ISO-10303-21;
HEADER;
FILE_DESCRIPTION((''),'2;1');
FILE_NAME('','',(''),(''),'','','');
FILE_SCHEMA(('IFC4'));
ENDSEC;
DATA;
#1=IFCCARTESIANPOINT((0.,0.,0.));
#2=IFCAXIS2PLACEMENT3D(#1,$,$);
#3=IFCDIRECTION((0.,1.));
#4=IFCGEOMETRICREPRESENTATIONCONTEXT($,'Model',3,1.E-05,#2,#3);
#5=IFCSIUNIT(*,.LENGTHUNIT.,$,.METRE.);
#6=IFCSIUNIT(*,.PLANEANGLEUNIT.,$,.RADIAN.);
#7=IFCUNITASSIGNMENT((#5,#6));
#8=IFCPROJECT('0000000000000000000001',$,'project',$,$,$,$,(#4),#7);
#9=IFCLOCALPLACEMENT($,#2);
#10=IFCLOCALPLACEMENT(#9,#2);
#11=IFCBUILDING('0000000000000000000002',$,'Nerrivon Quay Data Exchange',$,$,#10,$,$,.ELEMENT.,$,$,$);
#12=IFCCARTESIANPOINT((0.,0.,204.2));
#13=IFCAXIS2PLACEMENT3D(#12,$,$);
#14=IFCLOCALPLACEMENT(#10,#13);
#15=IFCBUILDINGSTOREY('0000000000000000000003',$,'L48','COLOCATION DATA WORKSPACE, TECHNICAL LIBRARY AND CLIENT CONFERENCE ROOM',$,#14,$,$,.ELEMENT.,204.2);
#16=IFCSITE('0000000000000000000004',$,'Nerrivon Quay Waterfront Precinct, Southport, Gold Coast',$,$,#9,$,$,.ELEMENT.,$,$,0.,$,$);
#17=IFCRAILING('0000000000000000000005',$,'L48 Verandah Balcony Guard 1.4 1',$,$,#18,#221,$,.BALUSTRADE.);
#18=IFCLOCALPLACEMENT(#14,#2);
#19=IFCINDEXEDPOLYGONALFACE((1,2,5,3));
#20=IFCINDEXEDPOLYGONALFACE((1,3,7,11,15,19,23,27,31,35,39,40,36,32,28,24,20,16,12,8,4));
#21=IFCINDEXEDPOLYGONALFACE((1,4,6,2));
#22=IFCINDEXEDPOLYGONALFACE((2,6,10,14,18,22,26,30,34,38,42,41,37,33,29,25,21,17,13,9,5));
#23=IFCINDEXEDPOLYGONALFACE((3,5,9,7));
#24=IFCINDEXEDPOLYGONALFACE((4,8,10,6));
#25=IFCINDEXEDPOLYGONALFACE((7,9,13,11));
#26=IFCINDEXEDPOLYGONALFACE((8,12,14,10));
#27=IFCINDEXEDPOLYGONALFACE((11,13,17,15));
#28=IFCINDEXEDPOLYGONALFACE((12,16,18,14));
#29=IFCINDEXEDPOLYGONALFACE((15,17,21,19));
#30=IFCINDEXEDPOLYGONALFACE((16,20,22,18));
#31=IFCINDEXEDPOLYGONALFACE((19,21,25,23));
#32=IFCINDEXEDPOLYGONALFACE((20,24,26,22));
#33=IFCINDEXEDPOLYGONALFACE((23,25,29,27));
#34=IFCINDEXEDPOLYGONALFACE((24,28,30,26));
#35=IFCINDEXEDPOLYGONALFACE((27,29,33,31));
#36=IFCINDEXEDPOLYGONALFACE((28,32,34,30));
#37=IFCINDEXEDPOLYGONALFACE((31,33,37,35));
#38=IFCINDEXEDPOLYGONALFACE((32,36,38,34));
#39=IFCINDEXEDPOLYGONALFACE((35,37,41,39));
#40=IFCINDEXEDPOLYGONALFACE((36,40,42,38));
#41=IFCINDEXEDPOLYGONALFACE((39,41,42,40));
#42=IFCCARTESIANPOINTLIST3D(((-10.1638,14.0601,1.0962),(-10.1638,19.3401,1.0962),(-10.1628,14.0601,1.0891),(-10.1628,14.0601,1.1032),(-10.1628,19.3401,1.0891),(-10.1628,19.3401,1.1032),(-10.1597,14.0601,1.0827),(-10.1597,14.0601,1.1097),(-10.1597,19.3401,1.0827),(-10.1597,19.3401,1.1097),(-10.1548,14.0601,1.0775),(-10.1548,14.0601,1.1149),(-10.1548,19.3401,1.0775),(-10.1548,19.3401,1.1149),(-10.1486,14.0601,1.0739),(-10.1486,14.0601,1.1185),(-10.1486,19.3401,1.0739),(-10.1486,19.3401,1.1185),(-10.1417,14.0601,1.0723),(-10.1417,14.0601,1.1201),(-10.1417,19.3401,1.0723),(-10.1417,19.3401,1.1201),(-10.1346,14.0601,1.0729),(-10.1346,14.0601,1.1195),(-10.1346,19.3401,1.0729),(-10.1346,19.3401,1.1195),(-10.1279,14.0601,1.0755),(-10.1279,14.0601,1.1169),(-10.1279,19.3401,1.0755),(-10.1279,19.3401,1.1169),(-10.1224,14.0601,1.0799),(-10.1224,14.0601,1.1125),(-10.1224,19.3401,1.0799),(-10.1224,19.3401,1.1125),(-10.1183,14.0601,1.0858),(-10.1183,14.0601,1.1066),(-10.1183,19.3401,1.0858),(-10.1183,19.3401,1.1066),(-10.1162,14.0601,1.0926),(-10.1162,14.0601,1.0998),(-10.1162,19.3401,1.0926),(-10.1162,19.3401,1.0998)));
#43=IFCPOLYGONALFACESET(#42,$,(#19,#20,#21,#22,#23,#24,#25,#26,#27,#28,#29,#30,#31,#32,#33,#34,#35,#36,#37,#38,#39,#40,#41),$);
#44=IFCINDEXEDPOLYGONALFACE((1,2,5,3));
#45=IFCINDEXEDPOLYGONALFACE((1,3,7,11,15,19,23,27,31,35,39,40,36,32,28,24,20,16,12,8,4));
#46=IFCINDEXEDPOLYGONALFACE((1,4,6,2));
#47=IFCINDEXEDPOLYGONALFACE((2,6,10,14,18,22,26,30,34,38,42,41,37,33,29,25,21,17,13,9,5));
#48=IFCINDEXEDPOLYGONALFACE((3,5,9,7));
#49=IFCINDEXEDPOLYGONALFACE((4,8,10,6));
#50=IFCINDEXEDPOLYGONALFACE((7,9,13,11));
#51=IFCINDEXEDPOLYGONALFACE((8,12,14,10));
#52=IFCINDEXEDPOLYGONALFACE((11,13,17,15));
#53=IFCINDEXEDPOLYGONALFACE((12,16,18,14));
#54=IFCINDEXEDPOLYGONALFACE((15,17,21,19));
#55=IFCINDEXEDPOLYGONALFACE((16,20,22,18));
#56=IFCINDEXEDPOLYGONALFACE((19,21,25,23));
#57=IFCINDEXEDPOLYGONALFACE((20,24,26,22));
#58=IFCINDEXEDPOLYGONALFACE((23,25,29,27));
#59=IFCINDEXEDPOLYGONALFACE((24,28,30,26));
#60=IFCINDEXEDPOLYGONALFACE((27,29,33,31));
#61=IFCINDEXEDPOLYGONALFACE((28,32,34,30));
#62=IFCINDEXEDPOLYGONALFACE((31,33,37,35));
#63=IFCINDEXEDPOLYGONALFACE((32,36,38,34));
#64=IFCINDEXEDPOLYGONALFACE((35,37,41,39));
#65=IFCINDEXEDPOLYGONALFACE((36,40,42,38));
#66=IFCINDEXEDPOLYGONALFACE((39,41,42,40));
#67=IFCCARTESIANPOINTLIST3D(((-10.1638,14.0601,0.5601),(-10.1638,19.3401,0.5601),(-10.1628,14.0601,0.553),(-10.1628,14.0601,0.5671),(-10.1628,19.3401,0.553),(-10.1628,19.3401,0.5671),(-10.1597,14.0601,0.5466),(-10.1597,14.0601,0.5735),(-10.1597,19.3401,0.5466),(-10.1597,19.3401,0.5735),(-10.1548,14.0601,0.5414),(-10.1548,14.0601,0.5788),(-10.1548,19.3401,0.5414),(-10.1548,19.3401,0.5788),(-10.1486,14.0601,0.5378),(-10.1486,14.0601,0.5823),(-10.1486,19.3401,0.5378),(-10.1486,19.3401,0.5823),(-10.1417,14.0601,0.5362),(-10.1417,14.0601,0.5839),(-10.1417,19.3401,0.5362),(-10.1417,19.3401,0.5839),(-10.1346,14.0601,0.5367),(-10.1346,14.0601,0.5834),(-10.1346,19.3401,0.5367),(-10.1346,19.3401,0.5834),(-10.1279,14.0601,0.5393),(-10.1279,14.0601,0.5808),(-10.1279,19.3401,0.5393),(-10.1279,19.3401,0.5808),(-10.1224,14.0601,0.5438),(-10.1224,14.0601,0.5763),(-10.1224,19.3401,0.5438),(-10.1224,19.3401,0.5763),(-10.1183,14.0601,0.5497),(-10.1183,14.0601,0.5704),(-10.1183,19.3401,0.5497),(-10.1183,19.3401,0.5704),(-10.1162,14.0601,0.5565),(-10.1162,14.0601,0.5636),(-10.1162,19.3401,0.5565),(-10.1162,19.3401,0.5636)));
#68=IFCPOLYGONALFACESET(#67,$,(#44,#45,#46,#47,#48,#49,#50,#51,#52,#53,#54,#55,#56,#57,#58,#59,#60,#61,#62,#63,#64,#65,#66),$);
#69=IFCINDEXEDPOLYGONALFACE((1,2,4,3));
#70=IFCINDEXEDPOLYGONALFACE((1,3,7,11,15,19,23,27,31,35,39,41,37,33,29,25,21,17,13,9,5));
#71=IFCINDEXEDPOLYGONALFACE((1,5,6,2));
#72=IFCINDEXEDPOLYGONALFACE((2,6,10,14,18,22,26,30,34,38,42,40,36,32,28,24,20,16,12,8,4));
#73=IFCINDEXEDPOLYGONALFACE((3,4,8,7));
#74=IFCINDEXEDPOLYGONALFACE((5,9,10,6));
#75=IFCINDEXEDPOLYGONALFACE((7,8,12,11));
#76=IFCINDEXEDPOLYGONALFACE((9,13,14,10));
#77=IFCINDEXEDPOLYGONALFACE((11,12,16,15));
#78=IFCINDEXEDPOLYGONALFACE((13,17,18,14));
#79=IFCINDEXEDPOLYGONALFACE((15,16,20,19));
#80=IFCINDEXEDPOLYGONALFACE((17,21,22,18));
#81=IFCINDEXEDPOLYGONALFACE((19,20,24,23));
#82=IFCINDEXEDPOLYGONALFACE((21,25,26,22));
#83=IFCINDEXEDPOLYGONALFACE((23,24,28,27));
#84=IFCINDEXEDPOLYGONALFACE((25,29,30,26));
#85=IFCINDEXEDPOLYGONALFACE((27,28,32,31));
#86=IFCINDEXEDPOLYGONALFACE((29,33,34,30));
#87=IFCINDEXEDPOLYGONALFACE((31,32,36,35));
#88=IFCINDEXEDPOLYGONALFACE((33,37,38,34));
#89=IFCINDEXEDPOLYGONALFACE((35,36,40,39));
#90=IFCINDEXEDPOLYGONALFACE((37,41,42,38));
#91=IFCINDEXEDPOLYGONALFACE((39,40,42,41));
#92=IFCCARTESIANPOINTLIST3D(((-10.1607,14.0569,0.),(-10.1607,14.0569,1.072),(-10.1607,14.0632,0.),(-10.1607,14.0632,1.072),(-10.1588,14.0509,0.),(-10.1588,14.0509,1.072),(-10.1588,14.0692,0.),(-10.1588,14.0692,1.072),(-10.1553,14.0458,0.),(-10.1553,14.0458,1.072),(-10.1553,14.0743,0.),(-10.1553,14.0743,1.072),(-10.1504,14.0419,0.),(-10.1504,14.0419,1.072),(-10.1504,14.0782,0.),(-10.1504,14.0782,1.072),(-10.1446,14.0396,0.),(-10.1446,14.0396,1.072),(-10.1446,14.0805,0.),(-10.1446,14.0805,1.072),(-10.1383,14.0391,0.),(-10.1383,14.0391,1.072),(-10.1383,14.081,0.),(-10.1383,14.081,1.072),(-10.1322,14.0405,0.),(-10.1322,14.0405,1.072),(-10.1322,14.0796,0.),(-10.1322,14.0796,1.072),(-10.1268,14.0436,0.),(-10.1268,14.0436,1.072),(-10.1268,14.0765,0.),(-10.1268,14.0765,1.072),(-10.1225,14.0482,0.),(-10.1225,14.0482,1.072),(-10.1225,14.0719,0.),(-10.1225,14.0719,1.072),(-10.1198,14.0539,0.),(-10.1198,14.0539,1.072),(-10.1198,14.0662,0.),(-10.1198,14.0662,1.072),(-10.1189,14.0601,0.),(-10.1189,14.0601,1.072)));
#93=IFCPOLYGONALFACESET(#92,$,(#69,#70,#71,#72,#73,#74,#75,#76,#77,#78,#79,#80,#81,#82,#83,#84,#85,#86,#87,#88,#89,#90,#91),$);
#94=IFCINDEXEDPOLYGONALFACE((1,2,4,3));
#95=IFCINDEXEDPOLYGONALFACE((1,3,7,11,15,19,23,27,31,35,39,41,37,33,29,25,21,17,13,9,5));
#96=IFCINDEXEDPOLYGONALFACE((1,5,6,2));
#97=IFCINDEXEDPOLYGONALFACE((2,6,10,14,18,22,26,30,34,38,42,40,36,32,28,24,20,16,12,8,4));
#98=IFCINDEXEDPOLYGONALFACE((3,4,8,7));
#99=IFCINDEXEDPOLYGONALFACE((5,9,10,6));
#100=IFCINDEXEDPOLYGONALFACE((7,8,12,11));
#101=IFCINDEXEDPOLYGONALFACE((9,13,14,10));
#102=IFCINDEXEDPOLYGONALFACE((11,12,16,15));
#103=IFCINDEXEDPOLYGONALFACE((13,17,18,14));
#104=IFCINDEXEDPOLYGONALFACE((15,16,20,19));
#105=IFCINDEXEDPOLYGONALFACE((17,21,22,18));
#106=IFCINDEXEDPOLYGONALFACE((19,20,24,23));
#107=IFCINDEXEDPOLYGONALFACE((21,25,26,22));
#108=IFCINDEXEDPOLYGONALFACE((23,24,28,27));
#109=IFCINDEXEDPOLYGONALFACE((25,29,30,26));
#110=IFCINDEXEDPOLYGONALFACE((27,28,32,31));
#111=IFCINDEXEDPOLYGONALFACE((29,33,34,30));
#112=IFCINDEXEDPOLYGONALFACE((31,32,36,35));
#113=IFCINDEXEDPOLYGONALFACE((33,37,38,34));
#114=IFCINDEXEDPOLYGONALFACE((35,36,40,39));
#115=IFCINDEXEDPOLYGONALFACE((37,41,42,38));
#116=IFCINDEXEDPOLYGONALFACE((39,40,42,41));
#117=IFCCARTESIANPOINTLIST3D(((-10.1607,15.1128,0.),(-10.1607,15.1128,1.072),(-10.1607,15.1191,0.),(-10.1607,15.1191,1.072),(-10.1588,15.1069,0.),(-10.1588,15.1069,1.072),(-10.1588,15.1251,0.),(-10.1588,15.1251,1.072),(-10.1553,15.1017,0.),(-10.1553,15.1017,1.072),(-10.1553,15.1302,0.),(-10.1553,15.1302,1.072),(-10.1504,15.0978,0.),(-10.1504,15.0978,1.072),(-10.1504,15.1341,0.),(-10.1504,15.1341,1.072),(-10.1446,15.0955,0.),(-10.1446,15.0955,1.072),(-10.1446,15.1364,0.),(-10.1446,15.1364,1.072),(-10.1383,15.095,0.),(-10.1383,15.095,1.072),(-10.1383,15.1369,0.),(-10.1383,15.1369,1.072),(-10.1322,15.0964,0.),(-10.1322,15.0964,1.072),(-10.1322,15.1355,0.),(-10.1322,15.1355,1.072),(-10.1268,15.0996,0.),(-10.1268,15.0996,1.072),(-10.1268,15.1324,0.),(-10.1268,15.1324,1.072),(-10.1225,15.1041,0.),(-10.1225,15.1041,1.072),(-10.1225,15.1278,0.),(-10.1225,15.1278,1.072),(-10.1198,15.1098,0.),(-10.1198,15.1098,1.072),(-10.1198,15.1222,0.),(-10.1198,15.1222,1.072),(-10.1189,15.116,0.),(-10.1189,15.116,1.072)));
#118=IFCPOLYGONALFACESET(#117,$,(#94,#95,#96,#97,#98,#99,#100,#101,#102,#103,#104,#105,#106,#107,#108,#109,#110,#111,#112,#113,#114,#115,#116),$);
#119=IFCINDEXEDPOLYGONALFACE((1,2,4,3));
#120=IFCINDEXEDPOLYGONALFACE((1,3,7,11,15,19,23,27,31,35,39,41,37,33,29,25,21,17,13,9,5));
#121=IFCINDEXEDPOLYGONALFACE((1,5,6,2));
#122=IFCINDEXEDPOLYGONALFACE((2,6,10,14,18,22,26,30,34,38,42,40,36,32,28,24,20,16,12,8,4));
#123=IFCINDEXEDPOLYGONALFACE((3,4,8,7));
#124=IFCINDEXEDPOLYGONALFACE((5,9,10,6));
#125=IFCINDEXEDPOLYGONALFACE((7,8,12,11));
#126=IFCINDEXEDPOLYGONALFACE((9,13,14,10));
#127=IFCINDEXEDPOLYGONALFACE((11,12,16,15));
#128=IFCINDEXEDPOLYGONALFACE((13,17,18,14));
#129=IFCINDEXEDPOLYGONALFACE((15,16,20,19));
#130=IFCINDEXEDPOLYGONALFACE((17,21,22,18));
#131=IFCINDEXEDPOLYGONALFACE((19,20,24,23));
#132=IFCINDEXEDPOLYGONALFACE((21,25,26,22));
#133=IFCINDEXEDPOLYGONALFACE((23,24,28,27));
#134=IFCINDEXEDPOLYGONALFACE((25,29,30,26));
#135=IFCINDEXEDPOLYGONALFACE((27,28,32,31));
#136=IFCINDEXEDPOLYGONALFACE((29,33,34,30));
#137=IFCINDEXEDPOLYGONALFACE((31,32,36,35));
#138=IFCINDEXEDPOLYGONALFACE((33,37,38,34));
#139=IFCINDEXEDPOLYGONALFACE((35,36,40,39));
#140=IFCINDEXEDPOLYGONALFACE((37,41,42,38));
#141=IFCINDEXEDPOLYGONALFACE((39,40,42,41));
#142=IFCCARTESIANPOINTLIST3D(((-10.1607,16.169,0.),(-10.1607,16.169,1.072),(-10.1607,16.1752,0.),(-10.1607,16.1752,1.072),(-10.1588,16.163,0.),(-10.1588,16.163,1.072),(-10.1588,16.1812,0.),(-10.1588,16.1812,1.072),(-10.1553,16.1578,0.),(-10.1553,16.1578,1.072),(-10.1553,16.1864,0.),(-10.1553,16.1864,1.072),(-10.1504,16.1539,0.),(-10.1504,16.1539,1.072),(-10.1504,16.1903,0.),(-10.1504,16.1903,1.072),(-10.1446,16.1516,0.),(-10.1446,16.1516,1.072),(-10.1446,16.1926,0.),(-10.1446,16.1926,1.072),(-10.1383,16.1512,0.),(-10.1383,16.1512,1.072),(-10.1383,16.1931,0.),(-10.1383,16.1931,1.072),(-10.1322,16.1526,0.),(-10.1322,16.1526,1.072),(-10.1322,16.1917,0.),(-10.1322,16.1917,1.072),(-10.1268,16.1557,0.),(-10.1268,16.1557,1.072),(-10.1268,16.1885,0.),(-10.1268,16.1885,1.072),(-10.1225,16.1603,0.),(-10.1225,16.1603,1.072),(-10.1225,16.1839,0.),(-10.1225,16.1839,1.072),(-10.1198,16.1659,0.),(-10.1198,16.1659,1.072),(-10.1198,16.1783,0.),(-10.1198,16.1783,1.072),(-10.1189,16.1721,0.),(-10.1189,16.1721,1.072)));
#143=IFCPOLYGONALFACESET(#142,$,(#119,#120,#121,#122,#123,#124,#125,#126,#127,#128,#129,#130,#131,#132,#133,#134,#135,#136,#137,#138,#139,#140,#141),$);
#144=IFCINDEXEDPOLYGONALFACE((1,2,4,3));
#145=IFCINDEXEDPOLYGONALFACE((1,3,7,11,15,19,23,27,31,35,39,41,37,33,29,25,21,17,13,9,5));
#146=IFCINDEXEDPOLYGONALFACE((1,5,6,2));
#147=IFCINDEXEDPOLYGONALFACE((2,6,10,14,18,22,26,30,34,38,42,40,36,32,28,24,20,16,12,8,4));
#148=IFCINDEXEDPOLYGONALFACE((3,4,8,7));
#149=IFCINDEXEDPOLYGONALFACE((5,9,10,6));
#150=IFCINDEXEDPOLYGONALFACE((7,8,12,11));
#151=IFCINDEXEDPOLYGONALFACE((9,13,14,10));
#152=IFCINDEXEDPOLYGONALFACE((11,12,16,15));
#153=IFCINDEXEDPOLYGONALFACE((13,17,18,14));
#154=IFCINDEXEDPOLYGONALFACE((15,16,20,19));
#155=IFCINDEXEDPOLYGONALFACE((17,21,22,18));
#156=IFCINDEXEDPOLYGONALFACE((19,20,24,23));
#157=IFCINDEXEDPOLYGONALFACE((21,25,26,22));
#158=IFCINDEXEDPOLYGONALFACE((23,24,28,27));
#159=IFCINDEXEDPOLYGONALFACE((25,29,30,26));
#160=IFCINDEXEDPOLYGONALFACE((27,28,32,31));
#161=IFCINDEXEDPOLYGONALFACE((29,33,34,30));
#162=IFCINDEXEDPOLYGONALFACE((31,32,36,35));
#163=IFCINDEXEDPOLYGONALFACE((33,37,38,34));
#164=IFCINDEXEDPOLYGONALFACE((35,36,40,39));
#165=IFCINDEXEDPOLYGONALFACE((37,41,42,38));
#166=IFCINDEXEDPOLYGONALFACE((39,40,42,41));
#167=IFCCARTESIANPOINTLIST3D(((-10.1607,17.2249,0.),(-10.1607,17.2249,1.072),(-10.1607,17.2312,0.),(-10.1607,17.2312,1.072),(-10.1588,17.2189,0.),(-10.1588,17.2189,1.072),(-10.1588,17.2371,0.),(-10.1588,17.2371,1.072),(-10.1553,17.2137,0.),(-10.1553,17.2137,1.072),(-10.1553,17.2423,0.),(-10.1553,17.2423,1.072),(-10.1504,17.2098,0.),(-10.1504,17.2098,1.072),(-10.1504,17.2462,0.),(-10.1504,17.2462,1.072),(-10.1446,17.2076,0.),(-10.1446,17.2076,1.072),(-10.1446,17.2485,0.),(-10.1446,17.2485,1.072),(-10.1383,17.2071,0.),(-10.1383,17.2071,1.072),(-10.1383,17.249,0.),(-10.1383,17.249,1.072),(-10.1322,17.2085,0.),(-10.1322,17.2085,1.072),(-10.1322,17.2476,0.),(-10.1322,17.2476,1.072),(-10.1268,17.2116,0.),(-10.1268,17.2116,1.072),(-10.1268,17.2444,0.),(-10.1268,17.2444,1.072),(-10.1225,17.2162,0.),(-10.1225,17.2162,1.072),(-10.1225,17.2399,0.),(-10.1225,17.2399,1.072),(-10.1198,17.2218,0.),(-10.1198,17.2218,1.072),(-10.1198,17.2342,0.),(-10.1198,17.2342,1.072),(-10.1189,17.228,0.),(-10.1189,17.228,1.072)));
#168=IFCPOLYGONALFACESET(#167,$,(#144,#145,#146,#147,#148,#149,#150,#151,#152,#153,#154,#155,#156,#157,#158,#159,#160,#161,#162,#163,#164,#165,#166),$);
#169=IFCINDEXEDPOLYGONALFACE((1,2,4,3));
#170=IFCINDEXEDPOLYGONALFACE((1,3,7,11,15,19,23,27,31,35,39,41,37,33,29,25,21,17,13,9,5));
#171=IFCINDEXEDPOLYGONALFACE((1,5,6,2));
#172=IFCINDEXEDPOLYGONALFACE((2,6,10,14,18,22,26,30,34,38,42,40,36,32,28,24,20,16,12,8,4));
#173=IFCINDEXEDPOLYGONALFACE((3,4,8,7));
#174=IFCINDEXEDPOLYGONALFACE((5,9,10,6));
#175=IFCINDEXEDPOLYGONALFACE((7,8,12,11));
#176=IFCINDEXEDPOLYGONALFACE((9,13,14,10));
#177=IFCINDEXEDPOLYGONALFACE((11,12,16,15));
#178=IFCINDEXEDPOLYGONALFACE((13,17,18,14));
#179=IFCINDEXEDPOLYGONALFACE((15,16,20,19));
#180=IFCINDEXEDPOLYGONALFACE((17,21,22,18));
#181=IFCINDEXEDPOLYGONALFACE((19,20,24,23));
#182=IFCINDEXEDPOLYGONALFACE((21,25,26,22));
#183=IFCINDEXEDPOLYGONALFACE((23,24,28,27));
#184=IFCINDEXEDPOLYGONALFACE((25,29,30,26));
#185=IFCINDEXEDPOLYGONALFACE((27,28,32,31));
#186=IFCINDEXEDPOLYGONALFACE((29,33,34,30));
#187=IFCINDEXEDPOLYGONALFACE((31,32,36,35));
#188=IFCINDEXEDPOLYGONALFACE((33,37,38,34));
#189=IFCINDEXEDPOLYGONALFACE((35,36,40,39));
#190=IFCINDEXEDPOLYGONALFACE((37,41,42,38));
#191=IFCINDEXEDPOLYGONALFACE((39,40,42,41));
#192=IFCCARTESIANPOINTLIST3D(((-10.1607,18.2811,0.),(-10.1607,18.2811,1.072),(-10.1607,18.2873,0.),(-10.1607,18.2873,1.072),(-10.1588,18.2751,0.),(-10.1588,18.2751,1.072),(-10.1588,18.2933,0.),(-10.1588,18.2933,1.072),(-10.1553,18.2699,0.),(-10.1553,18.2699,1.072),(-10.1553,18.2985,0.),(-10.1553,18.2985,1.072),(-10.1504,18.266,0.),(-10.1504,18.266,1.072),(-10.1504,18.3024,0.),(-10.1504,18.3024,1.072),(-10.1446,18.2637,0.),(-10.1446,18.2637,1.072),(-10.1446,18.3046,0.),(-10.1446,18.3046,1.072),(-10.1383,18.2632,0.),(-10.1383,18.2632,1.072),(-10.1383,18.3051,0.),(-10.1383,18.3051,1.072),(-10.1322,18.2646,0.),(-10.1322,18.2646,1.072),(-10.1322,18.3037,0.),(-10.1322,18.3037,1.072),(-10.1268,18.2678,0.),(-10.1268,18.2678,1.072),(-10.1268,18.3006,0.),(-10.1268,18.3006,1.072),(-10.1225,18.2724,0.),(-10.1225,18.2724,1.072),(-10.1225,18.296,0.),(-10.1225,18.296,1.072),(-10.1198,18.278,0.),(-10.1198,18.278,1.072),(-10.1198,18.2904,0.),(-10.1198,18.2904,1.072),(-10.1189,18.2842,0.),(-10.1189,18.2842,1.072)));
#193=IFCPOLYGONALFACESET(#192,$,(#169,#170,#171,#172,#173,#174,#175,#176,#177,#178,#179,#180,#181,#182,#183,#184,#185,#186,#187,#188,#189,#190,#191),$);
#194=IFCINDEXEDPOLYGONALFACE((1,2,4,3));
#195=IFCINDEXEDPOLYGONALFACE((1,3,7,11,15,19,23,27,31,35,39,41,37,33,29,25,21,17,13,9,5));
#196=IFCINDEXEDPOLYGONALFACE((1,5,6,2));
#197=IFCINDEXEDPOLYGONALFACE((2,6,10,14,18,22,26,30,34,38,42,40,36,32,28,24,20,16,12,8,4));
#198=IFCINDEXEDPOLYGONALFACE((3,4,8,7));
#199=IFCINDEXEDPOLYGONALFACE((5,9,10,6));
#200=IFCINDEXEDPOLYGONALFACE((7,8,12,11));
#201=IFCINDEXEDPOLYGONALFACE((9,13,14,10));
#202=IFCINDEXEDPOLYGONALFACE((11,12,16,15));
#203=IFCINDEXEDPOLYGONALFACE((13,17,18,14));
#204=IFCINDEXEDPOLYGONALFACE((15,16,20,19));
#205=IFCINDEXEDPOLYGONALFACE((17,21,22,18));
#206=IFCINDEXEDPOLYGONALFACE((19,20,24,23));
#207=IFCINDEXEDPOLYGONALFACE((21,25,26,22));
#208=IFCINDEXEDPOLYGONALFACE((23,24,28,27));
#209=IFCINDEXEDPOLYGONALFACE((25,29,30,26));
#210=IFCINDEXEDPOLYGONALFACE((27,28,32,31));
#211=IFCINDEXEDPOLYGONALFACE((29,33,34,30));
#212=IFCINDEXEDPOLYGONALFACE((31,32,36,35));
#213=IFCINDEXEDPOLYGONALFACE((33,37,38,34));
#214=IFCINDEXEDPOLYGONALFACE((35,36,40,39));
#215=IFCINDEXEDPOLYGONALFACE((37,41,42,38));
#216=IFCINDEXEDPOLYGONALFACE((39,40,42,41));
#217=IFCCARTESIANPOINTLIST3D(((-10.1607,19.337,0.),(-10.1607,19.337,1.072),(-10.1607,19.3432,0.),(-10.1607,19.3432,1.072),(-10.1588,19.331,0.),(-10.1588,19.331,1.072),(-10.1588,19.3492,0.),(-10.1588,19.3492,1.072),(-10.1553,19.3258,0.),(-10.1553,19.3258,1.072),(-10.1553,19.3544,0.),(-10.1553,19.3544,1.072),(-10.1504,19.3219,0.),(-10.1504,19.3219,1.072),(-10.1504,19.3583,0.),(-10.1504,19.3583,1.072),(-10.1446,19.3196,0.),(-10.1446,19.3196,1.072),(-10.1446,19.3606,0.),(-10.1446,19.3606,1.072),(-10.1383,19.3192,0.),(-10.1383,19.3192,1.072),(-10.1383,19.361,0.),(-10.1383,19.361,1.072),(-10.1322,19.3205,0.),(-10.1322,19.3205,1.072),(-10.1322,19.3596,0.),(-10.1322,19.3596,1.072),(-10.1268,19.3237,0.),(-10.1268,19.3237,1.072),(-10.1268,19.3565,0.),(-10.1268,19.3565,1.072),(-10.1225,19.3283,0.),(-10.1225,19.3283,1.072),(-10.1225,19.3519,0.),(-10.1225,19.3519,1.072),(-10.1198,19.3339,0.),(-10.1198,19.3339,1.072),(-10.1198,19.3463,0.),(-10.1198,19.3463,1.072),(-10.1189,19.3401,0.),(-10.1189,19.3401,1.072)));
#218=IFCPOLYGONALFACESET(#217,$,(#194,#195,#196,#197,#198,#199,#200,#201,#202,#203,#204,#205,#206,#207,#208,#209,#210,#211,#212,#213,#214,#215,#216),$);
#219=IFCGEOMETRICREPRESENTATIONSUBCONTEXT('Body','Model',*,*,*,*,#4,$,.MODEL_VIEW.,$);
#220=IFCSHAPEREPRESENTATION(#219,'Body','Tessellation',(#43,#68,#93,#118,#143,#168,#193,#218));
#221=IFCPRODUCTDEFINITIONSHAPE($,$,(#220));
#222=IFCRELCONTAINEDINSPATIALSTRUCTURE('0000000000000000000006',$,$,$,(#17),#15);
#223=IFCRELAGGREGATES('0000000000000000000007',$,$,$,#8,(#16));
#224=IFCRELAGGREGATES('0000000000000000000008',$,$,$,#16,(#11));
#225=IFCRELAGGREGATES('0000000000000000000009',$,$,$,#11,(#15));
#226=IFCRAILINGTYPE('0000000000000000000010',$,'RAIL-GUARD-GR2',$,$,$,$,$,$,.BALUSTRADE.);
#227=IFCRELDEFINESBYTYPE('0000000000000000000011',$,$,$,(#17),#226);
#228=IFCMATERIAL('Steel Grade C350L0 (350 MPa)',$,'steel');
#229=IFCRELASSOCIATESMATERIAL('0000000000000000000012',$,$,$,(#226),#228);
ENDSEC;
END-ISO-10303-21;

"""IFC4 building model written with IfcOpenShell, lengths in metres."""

from ifc_helpers import new_model, si_unit, direction, frame, origin, origin_2d, place, context, subcontext, project, spatial, circle, extrude, material, type_object, element, save


model = new_model("IFC4")

# Units and contexts
model_context = context("Model", 3, precision=1e-05, world=origin(), true_north=direction((0.0, 1.0)))
body_context = subcontext(model_context, "Body", "Model", "MODEL_VIEW")
ifc_project = project(units=[si_unit("LENGTHUNIT", "METRE"), si_unit("PLANEANGLEUNIT", "RADIAN")], contexts=[model_context])

# Site, building, storey
site_placement = place(None, origin())
site = spatial("IfcSite", under=ifc_project, at=site_placement, Name="Nerrivon Quay Waterfront Precinct, Southport, Gold Coast", CompositionType="ELEMENT", RefElevation=0.0)
building_placement = place(site_placement, origin())
building = spatial("IfcBuilding", under=site, at=building_placement, Name="Nerrivon Quay Data Exchange", CompositionType="ELEMENT")
storey_placement = place(building_placement, frame((0.0, 0.0, 204.2)))
storey = spatial("IfcBuildingStorey", under=building, at=storey_placement, Name="L48", Description="COLOCATION DATA WORKSPACE, TECHNICAL LIBRARY AND CLIENT CONFERENCE ROOM", CompositionType="ELEMENT", Elevation=204.2)

# Railing
ifc_material_1 = material(Name="Steel Grade C350L0 (350 MPa)", Category="steel")
railing_type = type_object("IfcRailingType", Name="RAIL-GUARD-GR2", PredefinedType="BALUSTRADE", material=ifc_material_1)
railing_1_placement = place(storey_placement, frame((-10.1399, 14.0601, 0.0)))
element("IfcRailing", 1, at=railing_1_placement, inside=storey, type_object=railing_type, Name="L48 Verandah Balcony Guard 1.4 1", PredefinedType="BALUSTRADE", context=body_context, shape_type="SweptSolid", body=[
    extrude(circle(Radius=0.0239, at=origin_2d()), frame((0.0, 0.0, 1.0962), z_axis=(0.0, 1.0, 0.0), x_axis=(-1.0, 0.0, 0.0)), (0.0, 0.0, 1.0), 5.28),
    extrude(circle(Radius=0.0239, at=origin_2d()), frame((0.0, 0.0, 0.5601), z_axis=(0.0, 1.0, 0.0), x_axis=(-1.0, 0.0, 0.0)), (0.0, 0.0, 1.0), 5.28),
    extrude(circle(Radius=0.021, at=origin_2d()), origin(), (0.0, 0.0, 1.0), 1.072),
    extrude(circle(Radius=0.021, at=origin_2d()), frame((0.0, 1.0559, 0.0)), (0.0, 0.0, 1.0), 1.072),
    extrude(circle(Radius=0.021, at=origin_2d()), frame((0.0, 2.1121, 0.0)), (0.0, 0.0, 1.0), 1.072),
    extrude(circle(Radius=0.021, at=origin_2d()), frame((0.0, 3.168, 0.0)), (0.0, 0.0, 1.0), 1.072),
    extrude(circle(Radius=0.021, at=origin_2d()), frame((0.0, 4.2241, 0.0)), (0.0, 0.0, 1.0), 1.072),
    extrude(circle(Radius=0.021, at=origin_2d()), frame((0.0, 5.28, 0.0)), (0.0, 0.0, 1.0), 1.072),
])

save(model, "model.ifc")
